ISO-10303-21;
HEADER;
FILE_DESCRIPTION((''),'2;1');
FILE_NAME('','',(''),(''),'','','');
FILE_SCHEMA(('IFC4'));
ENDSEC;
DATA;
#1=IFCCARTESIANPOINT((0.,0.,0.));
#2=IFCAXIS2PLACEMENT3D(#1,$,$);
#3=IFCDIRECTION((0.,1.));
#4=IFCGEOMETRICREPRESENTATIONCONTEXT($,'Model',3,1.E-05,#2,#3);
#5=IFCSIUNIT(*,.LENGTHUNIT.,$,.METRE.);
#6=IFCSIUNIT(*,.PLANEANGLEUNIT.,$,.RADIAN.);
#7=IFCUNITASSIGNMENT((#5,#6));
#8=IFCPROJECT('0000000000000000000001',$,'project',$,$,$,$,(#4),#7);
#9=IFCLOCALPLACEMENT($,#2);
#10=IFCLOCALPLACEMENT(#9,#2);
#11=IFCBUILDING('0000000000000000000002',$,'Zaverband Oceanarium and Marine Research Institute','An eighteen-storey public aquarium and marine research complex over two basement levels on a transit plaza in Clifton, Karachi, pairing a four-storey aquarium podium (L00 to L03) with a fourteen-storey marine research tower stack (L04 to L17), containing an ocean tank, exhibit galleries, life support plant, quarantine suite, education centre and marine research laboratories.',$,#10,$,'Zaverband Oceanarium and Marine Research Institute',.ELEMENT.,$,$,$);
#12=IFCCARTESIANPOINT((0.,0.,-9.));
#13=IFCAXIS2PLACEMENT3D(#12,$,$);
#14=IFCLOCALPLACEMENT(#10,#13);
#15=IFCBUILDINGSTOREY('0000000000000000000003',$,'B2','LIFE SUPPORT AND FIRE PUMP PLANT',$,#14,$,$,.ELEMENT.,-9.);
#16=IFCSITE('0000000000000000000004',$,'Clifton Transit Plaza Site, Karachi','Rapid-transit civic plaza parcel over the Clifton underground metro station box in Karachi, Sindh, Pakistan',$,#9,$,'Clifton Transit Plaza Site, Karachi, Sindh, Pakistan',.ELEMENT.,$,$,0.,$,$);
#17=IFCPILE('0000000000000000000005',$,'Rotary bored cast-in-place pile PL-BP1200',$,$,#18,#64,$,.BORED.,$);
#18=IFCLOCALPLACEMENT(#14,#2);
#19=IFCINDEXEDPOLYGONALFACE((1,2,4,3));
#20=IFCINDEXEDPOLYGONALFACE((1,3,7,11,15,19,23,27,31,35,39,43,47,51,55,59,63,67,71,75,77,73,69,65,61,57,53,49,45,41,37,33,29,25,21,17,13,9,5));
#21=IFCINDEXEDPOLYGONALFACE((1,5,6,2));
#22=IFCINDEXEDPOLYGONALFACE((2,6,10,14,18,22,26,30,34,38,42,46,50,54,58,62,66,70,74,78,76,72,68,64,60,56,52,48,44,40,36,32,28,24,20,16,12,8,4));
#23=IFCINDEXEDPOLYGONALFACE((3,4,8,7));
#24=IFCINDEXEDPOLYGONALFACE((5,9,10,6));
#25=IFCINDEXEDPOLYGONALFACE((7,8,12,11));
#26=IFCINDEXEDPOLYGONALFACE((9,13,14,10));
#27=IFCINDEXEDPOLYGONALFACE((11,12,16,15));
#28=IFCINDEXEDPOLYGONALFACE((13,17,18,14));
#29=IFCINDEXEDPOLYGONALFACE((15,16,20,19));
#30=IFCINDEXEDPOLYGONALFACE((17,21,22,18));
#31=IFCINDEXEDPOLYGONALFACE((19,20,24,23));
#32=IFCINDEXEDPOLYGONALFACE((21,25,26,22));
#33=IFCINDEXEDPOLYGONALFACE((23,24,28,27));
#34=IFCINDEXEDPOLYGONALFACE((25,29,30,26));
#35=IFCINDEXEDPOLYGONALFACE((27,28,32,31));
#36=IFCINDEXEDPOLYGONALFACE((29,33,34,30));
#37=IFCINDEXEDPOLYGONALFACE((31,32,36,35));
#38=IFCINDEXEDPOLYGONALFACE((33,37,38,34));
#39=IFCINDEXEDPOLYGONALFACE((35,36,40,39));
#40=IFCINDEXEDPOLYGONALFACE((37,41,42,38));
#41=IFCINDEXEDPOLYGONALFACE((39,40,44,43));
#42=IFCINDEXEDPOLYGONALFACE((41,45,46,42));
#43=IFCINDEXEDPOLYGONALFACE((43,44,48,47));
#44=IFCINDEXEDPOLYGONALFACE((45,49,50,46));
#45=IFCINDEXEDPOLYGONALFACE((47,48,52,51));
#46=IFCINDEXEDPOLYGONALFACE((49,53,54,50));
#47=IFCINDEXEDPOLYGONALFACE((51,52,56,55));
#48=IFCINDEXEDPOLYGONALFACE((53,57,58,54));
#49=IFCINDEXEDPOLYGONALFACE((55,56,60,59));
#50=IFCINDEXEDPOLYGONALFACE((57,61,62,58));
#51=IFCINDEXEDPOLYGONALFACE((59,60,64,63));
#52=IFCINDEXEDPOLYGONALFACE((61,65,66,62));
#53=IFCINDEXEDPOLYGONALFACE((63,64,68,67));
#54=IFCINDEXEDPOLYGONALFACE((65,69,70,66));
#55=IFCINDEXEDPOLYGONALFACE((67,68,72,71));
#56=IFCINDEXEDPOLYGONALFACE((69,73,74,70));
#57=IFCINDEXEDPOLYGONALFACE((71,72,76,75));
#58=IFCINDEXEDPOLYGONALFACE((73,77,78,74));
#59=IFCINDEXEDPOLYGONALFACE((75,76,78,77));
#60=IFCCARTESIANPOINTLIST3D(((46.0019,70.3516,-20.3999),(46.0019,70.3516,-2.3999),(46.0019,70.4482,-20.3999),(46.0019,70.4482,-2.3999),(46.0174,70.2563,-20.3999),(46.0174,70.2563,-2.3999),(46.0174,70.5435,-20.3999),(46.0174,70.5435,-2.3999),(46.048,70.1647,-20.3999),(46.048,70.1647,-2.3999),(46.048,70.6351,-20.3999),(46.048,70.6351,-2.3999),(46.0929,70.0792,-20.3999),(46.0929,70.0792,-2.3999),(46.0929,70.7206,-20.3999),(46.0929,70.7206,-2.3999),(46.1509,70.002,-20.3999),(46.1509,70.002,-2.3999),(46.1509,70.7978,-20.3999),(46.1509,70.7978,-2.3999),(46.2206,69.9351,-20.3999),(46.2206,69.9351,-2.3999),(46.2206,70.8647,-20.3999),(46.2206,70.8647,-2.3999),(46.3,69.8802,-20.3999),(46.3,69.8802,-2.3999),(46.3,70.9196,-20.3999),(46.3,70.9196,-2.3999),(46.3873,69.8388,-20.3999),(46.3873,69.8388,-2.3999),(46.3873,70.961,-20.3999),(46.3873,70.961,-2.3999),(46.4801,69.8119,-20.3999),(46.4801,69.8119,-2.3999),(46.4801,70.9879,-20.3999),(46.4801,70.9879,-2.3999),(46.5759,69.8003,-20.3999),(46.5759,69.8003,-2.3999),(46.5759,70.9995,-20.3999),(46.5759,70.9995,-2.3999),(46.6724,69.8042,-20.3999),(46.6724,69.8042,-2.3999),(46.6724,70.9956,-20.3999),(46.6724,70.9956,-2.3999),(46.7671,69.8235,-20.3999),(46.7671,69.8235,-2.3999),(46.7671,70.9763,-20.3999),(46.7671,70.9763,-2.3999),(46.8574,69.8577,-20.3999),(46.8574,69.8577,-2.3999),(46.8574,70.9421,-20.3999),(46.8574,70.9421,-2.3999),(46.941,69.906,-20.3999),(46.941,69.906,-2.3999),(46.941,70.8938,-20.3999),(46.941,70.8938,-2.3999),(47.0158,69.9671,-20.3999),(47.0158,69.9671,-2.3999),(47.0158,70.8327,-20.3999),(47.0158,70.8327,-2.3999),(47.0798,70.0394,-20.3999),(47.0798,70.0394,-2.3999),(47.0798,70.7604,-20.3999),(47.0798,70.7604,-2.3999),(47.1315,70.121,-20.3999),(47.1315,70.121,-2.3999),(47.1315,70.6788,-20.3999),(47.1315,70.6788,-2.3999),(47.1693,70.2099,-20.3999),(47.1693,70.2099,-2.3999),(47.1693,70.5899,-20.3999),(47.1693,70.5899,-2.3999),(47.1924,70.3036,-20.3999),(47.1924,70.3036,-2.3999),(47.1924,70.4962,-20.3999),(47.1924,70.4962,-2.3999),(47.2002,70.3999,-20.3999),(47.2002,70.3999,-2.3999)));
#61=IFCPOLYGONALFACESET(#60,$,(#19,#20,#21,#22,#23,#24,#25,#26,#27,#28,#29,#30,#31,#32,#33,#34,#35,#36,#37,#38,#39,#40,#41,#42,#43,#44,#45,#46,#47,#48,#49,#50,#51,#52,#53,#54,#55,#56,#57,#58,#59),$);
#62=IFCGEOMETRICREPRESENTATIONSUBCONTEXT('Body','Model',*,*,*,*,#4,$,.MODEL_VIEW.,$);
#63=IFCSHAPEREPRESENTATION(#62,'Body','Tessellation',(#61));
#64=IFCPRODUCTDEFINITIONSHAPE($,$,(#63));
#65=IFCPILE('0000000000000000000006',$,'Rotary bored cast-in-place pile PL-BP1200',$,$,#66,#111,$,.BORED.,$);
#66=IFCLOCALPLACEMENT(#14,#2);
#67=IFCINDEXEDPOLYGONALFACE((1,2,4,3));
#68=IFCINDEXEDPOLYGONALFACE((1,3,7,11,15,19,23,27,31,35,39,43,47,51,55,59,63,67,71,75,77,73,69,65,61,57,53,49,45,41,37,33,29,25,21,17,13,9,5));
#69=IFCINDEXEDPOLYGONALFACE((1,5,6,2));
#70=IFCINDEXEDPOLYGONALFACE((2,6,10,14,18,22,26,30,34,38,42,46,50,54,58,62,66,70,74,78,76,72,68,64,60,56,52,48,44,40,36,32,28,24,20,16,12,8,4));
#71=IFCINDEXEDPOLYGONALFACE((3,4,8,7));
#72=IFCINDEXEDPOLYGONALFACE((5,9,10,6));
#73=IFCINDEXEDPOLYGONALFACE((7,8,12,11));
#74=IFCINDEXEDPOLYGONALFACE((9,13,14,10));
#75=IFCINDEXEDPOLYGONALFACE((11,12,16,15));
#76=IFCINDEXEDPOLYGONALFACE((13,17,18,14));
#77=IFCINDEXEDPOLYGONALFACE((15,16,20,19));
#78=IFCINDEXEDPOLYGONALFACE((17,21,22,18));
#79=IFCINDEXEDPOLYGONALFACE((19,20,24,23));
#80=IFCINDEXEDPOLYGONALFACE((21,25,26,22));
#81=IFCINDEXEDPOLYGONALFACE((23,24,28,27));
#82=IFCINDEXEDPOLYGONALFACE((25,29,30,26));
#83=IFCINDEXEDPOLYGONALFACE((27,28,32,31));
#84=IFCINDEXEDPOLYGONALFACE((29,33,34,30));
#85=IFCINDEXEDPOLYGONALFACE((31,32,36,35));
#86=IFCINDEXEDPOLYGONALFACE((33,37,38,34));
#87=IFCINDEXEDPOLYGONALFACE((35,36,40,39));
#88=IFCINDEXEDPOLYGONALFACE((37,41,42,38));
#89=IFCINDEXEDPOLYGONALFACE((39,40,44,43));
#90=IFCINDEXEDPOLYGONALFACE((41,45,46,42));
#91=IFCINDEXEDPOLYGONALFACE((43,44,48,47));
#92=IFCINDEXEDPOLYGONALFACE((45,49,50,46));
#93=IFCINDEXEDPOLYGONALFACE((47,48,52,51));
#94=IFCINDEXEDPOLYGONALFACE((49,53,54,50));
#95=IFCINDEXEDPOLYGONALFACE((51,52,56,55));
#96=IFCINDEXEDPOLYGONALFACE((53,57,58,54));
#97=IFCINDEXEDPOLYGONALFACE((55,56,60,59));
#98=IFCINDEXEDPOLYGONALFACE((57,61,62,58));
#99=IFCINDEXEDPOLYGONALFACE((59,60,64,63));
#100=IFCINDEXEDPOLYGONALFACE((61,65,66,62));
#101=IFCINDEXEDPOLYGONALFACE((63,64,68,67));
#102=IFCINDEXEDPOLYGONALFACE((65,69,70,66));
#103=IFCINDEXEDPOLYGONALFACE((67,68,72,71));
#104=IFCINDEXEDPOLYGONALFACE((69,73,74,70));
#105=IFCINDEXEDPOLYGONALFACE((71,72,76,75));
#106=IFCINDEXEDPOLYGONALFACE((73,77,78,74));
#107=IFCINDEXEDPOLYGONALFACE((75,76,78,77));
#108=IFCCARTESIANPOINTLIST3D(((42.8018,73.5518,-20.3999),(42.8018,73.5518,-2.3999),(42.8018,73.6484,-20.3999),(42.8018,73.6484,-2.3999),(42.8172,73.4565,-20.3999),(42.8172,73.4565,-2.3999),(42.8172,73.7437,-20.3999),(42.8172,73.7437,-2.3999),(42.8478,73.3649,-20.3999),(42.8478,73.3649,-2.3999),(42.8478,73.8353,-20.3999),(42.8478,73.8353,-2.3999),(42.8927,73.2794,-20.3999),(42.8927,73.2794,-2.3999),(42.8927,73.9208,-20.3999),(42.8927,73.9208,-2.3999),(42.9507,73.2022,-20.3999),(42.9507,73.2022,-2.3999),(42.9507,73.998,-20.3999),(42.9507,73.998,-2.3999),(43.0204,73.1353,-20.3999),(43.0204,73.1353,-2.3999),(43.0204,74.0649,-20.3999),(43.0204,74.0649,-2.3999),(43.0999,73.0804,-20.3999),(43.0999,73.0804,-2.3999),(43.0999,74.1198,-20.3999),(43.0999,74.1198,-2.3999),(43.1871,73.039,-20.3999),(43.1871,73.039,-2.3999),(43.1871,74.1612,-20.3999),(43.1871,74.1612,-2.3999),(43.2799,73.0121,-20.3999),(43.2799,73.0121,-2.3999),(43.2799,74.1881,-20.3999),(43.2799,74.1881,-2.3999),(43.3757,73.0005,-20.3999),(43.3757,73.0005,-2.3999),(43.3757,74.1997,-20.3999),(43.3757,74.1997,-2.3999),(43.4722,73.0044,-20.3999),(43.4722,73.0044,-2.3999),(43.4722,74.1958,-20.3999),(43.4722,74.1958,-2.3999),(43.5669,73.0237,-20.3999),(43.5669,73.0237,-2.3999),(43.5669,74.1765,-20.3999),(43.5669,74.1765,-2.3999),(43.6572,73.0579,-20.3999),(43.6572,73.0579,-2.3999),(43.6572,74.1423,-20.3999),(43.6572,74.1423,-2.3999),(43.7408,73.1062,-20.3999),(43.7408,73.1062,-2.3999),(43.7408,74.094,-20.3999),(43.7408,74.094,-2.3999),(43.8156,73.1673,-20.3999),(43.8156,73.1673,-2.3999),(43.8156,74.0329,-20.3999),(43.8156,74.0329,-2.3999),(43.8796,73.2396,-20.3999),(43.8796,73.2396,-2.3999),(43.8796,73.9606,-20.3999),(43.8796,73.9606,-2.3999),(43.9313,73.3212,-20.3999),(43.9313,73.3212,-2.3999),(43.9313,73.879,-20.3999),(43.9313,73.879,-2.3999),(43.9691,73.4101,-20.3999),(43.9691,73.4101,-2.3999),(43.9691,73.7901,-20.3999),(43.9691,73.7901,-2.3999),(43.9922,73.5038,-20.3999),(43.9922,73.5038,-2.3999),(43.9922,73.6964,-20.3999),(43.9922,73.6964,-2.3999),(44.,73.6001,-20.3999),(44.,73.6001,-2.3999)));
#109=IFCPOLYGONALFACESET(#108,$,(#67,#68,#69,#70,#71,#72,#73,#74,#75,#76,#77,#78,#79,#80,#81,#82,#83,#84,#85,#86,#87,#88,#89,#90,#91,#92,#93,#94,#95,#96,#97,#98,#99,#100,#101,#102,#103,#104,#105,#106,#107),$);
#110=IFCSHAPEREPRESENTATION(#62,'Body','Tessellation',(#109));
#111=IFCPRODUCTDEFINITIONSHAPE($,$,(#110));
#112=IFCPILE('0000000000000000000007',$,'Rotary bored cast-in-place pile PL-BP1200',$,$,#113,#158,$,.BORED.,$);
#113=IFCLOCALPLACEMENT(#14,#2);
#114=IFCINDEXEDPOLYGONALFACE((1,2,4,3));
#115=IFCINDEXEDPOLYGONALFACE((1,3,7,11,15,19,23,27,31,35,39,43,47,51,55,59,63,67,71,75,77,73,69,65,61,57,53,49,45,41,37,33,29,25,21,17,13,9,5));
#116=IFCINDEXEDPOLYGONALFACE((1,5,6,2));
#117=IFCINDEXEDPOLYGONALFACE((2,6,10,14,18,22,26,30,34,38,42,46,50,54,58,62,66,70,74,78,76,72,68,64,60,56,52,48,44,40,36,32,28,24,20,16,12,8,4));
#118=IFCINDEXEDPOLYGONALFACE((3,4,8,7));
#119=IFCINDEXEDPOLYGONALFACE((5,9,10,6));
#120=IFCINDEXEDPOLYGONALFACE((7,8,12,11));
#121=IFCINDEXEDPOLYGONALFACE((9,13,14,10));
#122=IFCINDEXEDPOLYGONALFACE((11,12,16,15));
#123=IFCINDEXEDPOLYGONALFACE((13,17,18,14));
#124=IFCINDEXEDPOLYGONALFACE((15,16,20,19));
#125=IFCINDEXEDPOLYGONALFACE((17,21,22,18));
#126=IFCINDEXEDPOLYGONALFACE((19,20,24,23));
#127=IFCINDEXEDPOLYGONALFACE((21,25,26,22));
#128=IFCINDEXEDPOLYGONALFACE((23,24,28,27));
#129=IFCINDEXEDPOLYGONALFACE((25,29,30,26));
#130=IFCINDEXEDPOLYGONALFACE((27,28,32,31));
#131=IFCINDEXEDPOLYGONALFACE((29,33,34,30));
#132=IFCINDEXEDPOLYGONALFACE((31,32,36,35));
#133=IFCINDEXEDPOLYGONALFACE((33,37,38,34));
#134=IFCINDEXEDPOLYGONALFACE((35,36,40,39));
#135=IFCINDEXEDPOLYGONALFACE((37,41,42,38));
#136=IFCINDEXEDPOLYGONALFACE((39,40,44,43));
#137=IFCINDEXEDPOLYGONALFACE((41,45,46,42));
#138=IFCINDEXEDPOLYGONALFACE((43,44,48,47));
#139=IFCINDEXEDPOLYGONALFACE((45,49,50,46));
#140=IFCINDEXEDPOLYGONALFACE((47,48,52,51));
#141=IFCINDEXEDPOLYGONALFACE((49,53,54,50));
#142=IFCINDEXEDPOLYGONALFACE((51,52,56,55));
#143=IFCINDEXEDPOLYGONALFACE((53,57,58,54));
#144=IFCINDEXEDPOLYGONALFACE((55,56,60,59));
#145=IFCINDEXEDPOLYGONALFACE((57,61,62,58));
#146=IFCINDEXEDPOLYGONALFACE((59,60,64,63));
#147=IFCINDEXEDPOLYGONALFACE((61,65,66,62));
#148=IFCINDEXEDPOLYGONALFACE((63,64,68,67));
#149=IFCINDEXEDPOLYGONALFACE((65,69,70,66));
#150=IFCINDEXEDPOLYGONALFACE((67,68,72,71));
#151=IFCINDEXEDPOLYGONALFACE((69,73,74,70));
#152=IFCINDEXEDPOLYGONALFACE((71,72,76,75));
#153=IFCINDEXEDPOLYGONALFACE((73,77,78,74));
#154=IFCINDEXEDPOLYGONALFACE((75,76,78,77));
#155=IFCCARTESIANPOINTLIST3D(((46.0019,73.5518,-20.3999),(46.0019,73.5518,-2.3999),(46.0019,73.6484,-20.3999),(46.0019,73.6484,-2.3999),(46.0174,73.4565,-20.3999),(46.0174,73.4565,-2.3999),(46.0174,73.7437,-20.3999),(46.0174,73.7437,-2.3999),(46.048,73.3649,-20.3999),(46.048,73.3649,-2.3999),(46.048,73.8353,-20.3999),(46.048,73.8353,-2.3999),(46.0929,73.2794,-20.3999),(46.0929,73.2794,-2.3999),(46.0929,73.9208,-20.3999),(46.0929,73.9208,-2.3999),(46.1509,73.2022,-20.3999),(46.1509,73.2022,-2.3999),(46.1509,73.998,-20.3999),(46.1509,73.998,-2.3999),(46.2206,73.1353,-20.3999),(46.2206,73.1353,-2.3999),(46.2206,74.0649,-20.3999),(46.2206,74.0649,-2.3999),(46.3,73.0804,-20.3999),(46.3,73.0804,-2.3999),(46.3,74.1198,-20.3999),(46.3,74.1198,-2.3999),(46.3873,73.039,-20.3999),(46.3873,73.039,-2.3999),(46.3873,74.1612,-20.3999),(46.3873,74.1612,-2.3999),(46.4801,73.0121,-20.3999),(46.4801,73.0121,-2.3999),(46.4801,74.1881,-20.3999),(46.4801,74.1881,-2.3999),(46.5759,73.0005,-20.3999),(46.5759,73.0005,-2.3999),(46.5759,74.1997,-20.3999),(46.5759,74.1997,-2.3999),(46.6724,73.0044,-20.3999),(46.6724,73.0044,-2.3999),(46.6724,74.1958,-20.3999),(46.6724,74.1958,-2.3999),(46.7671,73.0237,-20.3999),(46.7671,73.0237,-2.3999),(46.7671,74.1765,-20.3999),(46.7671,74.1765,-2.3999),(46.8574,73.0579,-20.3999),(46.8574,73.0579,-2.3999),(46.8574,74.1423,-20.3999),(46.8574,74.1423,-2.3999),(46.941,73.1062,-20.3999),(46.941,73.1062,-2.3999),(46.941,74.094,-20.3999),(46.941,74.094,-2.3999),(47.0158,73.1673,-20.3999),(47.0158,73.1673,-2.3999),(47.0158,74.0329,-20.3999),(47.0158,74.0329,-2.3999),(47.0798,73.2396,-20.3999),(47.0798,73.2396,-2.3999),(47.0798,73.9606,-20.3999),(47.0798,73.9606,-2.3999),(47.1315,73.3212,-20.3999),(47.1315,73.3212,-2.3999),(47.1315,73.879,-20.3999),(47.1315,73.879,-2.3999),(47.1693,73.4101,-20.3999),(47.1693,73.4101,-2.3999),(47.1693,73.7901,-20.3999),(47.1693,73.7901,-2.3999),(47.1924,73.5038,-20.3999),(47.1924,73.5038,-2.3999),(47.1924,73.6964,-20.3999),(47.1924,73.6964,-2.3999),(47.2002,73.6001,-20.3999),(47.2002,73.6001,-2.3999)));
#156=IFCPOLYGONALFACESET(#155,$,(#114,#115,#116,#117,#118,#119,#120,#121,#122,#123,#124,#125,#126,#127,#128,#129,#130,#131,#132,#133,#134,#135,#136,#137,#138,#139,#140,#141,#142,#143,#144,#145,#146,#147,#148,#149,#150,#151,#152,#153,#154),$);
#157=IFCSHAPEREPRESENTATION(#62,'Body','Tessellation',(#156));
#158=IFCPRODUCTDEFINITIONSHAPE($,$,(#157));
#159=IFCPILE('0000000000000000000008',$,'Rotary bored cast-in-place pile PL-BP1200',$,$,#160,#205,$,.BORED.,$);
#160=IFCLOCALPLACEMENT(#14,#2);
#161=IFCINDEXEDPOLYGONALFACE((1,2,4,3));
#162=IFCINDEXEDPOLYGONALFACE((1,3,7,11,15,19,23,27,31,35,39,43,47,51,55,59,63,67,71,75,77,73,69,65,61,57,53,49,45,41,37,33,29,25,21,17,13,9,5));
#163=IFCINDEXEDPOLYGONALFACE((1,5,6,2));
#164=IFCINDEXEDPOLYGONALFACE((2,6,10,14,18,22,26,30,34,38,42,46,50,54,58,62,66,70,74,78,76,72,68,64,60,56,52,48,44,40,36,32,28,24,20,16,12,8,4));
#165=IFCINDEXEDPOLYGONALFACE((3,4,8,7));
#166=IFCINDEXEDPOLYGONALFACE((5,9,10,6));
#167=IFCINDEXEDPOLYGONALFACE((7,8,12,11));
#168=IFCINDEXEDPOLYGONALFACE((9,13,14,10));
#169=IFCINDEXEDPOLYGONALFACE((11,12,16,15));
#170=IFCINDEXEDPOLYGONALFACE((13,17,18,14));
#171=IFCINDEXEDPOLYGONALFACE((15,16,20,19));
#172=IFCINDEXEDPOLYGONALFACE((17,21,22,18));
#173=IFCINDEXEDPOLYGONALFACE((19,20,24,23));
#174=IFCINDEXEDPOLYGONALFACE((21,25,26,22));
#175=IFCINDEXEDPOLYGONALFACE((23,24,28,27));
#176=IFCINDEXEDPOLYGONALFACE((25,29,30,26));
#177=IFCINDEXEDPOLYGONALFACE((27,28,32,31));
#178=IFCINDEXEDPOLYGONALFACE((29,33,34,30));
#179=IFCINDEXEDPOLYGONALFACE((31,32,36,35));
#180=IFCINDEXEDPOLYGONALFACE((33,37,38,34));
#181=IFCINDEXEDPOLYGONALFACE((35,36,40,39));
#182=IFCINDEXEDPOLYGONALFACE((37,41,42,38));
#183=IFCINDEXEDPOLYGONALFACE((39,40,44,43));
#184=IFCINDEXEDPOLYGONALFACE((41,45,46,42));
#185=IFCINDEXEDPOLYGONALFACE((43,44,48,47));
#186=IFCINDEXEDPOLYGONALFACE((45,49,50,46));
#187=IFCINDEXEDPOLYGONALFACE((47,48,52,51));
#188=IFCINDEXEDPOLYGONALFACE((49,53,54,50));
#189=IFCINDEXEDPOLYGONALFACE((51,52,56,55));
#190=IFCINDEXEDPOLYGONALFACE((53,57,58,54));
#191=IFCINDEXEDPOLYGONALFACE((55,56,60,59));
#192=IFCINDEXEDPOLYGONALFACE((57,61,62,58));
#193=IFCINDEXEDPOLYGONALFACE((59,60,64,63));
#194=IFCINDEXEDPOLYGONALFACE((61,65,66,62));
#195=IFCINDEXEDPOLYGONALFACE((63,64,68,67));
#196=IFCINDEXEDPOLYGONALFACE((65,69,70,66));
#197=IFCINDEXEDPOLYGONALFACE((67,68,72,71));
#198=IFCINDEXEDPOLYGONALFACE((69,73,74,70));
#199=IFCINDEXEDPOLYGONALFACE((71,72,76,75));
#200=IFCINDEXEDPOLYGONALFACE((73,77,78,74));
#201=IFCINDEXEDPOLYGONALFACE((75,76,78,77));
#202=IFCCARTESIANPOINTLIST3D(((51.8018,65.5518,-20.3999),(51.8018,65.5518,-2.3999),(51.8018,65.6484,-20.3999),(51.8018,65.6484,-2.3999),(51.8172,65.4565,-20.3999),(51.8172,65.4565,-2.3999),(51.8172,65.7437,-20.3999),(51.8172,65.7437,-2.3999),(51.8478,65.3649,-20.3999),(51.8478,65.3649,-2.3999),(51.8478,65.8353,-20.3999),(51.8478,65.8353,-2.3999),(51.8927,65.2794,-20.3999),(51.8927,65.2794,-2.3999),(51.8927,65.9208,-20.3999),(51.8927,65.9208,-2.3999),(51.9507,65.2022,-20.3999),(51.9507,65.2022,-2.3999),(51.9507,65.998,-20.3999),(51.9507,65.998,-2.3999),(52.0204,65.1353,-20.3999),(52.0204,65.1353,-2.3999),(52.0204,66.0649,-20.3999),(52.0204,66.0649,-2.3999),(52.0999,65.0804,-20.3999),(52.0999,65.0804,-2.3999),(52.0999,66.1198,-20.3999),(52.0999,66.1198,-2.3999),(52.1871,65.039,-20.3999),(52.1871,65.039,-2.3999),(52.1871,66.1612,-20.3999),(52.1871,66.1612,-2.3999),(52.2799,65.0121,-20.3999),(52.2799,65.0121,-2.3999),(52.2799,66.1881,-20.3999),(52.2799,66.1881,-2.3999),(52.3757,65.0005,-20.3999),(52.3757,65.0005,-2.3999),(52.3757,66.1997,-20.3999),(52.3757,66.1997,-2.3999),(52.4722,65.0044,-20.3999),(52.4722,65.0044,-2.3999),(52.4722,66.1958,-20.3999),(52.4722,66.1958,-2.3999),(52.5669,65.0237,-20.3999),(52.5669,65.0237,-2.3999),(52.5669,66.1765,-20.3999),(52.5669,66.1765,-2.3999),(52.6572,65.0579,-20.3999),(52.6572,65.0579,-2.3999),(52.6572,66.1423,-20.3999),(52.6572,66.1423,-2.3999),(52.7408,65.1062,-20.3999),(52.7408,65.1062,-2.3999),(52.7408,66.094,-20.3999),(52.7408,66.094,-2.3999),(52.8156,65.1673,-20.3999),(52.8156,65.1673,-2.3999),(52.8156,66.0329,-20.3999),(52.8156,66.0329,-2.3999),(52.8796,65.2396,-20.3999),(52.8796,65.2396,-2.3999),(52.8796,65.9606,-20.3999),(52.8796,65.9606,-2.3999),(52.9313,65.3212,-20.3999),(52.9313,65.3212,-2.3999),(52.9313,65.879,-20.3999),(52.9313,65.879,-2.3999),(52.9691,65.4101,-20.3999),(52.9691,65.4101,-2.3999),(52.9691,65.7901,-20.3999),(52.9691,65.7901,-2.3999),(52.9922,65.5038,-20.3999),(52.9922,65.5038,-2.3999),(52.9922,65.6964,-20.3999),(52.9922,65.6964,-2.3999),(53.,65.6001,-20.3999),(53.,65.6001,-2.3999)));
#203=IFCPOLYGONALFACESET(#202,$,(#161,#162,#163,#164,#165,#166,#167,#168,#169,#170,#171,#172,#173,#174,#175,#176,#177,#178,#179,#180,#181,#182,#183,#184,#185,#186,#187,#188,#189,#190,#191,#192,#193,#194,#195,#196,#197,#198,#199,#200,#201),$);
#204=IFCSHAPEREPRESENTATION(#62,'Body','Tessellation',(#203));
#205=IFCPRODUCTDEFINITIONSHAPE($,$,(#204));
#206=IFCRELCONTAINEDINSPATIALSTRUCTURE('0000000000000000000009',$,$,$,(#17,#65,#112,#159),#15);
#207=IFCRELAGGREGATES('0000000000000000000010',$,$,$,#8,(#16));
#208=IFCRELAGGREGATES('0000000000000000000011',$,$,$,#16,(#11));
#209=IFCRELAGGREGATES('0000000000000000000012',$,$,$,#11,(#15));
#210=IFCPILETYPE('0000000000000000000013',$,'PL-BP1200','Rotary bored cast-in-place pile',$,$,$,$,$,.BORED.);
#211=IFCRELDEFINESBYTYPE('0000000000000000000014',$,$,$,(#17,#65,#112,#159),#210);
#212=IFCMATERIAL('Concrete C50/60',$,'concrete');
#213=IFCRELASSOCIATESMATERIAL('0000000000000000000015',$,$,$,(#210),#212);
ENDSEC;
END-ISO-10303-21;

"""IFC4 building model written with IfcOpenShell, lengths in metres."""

from ifc_helpers import new_model, si_unit, direction, frame, origin, origin_2d, place, context, subcontext, project, spatial, circle, extrude, material, material_profile, profile_set, type_object, element, save


model = new_model("IFC4")

# Units and contexts
model_context = context("Model", 3, precision=1e-05, world=origin(), true_north=direction((0.0, 1.0)))
body_context = subcontext(model_context, "Body", "Model", "MODEL_VIEW")
ifc_project = project(units=[si_unit("LENGTHUNIT", "METRE"), si_unit("PLANEANGLEUNIT", "RADIAN")], contexts=[model_context])

# Site, building, storey
site_placement = place(None, origin())
site = spatial("IfcSite", under=ifc_project, at=site_placement, Name="Clifton Transit Plaza Site, Karachi", Description="Rapid-transit civic plaza parcel over the Clifton underground metro station box in Karachi, Sindh, Pakistan", LongName="Clifton Transit Plaza Site, Karachi, Sindh, Pakistan", CompositionType="ELEMENT", RefElevation=0.0)
building_placement = place(site_placement, origin())
building = spatial("IfcBuilding", under=site, at=building_placement, Name="Zaverband Oceanarium and Marine Research Institute", Description="An eighteen-storey public aquarium and marine research complex over two basement levels on a transit plaza in Clifton, Karachi, pairing a four-storey aquarium podium (L00 to L03) with a fourteen-storey marine research tower stack (L04 to L17), containing an ocean tank, exhibit galleries, life support plant, quarantine suite, education centre and marine research laboratories.", LongName="Zaverband Oceanarium and Marine Research Institute", CompositionType="ELEMENT")
storey_placement = place(building_placement, frame((0.0, 0.0, -9.0)))
storey = spatial("IfcBuildingStorey", under=building, at=storey_placement, Name="B2", Description="LIFE SUPPORT AND FIRE PUMP PLANT", CompositionType="ELEMENT", Elevation=-9.0)

# Shared definitions
ifc_material_1 = material(Name="Concrete C50/60", Category="concrete")

# Piles
ifc_material_profile_1 = material_profile(ifc_material_1, circle(Radius=0.6001, at=origin_2d()), Name="BP1200")
ifc_profile_set_1 = profile_set([ifc_material_profile_1], Name="Concrete C50/60")
pile_type = type_object("IfcPileType", Name="PL-BP1200", Description="Rotary bored cast-in-place pile", PredefinedType="BORED", material=ifc_profile_set_1)
for number, where, z_axis, x_axis, name in (
    (1, (46.6001, 70.3999, -2.3999), (0.0, 0.0, -1.0), (1.0, 0.0, 0.0), "Rotary bored cast-in-place pile PL-BP1200"),
    (2, (43.3999, 73.6001, -2.3999), (0.0, 0.0, -1.0), (1.0, 0.0, 0.0), "Rotary bored cast-in-place pile PL-BP1200"),
    (3, (46.6001, 73.6001, -2.3999), (0.0, 0.0, -1.0), (1.0, 0.0, 0.0), "Rotary bored cast-in-place pile PL-BP1200"),
    (4, (52.3999, 65.6001, -2.3999), (0.0, 0.0, -1.0), (1.0, 0.0, 0.0), "Rotary bored cast-in-place pile PL-BP1200"),
):
    element("IfcPile", number, at=place(storey_placement, frame(where, z_axis=z_axis, x_axis=x_axis)), inside=storey, type_object=pile_type, Name=name, PredefinedType="BORED", context=body_context, shape_type="SweptSolid", body=[
        extrude(circle(Radius=0.6001, at=origin_2d()), origin(), (0.0, 0.0, 1.0), 18.0),
    ])

save(model, "model.ifc")
